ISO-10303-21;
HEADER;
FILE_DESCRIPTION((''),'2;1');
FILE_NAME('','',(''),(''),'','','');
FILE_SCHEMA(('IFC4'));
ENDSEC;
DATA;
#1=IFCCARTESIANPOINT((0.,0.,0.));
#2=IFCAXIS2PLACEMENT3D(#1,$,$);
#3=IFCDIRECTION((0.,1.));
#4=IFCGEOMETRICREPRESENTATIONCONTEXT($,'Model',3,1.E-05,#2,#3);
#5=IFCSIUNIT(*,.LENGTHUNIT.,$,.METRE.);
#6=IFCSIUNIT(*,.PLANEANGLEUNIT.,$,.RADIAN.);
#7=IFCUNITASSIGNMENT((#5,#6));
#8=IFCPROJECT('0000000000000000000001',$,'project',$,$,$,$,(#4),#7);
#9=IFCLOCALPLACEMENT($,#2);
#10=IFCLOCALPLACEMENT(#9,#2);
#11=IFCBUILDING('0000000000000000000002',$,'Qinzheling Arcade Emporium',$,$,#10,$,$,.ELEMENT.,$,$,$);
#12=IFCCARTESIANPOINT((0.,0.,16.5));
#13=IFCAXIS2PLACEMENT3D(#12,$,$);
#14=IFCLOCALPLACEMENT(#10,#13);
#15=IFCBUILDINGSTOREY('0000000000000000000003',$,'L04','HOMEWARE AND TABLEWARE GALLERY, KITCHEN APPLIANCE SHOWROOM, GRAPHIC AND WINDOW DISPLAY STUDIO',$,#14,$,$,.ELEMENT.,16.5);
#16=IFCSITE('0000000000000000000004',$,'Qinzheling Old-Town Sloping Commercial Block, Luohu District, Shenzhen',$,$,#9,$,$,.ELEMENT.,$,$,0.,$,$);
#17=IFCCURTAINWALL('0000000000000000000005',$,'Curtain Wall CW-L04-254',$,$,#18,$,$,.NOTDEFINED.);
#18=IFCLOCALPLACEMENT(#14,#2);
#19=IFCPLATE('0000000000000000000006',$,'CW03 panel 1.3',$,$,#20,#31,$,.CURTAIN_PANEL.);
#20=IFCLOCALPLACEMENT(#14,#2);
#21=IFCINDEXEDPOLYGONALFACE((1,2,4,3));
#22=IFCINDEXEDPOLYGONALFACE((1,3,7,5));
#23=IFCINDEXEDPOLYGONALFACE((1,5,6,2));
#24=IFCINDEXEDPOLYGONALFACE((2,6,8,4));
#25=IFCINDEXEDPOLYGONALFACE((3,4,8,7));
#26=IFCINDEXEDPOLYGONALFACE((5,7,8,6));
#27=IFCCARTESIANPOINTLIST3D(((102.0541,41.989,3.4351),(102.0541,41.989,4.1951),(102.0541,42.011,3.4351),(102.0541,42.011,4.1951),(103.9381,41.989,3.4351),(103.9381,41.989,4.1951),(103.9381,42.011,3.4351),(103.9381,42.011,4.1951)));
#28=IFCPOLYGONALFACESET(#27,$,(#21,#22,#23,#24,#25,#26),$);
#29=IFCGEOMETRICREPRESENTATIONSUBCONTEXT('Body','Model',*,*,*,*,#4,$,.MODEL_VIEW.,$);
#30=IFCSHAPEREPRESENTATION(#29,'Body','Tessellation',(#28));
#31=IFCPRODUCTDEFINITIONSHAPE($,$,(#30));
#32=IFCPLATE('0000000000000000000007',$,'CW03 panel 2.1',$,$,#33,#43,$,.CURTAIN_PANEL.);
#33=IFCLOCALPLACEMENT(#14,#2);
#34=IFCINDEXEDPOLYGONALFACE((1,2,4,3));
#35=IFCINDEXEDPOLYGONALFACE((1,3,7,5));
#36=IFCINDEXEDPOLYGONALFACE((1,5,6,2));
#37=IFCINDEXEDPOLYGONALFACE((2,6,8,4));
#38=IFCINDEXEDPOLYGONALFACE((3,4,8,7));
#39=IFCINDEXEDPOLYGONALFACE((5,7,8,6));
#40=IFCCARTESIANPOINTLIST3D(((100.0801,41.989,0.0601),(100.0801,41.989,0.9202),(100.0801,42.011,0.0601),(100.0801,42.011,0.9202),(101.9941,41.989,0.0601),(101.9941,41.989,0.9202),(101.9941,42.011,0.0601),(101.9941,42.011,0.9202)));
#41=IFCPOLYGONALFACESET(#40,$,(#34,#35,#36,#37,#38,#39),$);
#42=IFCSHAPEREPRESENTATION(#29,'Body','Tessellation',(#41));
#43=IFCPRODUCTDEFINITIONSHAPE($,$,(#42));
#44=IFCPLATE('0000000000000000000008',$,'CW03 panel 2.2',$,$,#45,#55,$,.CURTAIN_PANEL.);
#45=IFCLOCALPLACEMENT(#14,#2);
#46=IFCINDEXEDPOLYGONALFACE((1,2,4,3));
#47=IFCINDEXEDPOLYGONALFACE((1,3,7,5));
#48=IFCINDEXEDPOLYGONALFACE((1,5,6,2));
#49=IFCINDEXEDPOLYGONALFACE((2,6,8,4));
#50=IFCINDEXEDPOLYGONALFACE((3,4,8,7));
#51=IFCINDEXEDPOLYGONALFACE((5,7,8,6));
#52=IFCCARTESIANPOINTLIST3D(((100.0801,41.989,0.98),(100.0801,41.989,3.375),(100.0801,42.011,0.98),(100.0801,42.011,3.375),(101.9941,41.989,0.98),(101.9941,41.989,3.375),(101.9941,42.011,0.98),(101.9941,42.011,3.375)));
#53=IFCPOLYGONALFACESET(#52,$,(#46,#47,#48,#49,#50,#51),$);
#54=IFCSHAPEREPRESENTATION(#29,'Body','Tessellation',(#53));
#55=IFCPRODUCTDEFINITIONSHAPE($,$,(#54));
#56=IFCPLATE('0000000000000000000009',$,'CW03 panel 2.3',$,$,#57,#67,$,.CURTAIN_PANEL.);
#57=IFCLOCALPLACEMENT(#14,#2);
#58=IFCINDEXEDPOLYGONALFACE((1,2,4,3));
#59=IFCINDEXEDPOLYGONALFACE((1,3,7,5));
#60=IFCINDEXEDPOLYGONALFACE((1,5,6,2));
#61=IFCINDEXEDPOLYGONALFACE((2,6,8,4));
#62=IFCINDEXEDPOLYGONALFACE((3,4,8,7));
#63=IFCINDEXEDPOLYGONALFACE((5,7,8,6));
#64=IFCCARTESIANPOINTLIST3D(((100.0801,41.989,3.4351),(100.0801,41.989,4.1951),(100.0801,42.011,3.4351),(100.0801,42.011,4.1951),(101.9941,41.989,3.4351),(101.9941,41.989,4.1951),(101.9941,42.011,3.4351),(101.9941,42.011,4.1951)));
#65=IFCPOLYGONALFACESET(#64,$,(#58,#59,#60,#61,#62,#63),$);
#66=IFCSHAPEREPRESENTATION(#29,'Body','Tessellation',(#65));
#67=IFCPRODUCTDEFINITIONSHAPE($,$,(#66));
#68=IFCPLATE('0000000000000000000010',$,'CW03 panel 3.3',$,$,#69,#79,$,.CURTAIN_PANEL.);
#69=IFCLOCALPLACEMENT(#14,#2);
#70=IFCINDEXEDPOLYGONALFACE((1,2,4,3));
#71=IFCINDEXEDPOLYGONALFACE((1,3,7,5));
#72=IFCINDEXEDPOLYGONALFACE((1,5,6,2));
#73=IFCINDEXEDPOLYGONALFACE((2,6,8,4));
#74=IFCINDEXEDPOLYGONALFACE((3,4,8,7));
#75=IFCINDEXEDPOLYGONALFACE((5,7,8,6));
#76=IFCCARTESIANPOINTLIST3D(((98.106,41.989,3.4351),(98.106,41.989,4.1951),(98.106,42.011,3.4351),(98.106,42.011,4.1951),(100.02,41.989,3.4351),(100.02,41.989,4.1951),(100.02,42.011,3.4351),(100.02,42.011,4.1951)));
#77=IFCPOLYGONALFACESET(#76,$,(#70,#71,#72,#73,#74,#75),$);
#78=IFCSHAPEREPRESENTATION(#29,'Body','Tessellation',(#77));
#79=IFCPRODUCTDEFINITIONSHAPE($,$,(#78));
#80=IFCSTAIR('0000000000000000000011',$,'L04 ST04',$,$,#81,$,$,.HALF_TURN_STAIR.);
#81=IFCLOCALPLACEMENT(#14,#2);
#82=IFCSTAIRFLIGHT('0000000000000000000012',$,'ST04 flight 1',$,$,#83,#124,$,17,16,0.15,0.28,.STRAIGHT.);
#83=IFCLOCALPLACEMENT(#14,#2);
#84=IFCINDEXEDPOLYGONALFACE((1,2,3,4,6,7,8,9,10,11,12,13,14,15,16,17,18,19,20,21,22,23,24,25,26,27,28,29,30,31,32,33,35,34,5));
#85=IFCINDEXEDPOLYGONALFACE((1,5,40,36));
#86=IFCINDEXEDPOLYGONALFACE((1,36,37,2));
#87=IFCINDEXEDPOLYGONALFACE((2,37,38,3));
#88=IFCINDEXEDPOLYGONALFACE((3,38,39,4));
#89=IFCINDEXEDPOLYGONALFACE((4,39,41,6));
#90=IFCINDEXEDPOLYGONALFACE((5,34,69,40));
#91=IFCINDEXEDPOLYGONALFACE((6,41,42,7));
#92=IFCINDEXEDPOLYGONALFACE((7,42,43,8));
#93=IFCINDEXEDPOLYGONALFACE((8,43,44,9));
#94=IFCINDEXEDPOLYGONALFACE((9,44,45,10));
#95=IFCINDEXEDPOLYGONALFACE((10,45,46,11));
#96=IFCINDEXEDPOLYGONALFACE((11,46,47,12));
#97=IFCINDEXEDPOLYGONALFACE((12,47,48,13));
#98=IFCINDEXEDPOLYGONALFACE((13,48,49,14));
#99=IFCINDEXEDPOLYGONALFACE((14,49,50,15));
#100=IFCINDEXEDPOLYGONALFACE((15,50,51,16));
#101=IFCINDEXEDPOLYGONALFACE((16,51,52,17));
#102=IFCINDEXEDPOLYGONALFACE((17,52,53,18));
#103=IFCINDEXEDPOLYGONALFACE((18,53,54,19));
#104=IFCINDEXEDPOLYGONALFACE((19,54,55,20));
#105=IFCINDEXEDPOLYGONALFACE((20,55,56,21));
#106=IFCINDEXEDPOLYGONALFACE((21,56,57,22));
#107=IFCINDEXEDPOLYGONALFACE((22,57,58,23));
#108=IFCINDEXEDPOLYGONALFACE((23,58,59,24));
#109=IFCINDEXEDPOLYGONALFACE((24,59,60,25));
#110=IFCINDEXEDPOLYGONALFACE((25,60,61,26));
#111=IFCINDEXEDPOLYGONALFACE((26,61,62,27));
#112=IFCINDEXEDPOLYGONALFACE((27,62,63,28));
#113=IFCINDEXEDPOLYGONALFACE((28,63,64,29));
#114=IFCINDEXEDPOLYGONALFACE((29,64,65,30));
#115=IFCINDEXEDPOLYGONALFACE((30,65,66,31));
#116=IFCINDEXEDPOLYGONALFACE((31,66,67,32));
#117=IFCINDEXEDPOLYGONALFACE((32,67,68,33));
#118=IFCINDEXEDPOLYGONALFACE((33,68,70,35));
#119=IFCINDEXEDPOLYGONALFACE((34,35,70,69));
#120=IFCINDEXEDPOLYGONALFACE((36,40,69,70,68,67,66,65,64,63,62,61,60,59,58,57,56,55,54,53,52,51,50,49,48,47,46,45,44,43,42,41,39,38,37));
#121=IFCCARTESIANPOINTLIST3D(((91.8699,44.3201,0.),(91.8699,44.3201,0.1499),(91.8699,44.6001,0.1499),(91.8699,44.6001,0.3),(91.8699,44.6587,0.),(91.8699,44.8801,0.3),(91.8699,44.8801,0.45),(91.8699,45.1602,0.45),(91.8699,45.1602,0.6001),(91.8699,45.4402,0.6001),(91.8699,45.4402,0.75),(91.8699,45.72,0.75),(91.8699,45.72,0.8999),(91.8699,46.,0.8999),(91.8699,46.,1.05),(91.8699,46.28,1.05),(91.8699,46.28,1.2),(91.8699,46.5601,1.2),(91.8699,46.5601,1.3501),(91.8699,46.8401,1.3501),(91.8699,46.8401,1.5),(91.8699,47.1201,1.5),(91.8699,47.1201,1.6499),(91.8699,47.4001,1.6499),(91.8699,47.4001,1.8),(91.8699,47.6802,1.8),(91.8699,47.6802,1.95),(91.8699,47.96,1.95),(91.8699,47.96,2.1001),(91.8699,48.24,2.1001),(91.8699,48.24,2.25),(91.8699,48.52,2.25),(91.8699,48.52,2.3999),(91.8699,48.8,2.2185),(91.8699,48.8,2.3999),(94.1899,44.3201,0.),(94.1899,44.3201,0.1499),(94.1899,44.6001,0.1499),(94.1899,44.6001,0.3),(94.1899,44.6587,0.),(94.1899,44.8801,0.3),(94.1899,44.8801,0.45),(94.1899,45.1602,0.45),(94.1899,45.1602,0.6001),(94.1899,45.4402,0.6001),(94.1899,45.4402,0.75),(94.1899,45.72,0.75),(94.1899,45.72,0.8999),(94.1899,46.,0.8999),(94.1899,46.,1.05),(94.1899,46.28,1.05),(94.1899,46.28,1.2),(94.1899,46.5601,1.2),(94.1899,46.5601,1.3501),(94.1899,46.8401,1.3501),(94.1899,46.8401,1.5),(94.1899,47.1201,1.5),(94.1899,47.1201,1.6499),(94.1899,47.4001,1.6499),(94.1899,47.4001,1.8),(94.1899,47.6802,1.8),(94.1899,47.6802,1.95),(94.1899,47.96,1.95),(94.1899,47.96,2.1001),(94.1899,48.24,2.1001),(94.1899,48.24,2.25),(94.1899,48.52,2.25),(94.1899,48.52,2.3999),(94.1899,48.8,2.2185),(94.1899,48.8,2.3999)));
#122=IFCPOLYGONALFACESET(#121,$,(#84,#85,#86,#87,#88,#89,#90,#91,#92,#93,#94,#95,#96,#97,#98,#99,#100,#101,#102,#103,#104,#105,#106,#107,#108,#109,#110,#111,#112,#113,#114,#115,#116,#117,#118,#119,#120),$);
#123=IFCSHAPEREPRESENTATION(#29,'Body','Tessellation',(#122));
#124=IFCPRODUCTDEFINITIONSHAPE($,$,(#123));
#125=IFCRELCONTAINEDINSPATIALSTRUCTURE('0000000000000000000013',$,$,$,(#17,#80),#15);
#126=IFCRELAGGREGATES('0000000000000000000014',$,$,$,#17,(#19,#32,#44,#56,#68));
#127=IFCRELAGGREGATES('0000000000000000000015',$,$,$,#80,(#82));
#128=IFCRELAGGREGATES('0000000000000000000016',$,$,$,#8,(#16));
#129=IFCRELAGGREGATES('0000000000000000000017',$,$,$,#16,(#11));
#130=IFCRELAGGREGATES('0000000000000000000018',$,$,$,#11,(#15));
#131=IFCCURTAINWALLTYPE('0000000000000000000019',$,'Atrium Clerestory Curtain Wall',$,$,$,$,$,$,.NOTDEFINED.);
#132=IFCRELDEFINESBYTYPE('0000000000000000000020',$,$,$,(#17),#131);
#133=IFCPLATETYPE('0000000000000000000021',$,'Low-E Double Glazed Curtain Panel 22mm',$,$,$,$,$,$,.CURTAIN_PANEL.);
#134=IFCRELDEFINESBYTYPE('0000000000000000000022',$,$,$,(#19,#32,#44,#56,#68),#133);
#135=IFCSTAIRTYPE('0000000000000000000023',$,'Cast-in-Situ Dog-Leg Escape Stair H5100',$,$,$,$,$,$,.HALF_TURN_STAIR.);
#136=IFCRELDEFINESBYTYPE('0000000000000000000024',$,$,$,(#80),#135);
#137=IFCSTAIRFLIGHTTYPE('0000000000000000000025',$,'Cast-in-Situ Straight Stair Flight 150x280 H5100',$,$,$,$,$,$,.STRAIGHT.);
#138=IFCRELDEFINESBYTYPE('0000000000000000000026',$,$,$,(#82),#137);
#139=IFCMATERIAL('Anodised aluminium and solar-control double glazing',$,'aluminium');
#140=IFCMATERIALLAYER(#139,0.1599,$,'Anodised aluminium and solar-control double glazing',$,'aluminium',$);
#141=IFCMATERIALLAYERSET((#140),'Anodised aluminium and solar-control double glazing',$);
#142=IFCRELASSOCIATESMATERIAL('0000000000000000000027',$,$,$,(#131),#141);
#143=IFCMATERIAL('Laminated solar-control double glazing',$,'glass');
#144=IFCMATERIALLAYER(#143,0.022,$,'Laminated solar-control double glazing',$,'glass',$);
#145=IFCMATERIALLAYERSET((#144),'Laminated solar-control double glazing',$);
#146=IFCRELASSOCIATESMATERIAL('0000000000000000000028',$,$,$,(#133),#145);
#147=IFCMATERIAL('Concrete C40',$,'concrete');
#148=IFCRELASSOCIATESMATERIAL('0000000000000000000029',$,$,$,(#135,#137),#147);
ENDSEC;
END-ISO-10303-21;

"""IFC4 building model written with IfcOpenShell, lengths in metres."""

from ifc_helpers import new_model, si_unit, direction, frame, origin, origin_2d, place, context, subcontext, project, spatial, polyline, rectangle, outline, extrude, material, layer, layer_set, type_object, element, aggregate, save


model = new_model("IFC4")

# Units and contexts
model_context = context("Model", 3, precision=1e-05, world=origin(), true_north=direction((0.0, 1.0)))
body_context = subcontext(model_context, "Body", "Model", "MODEL_VIEW")
ifc_project = project(units=[si_unit("LENGTHUNIT", "METRE"), si_unit("PLANEANGLEUNIT", "RADIAN")], contexts=[model_context])

# Site, building, storey
site_placement = place(None, origin())
site = spatial("IfcSite", under=ifc_project, at=site_placement, Name="Qinzheling Old-Town Sloping Commercial Block, Luohu District, Shenzhen", CompositionType="ELEMENT", RefElevation=0.0)
building_placement = place(site_placement, origin())
building = spatial("IfcBuilding", under=site, at=building_placement, Name="Qinzheling Arcade Emporium", CompositionType="ELEMENT")
storey_placement = place(building_placement, frame((0.0, 0.0, 16.5)))
storey = spatial("IfcBuildingStorey", under=building, at=storey_placement, Name="L04", Description="HOMEWARE AND TABLEWARE GALLERY, KITCHEN APPLIANCE SHOWROOM, GRAPHIC AND WINDOW DISPLAY STUDIO", CompositionType="ELEMENT", Elevation=16.5)

# Shared definitions
ifc_material_1 = material(Name="Concrete C40", Category="concrete")

# Curtain wall
ifc_material_2 = material(Name="Anodised aluminium and solar-control double glazing", Category="aluminium")
ifc_layer_1 = layer(ifc_material_2, 0.1599, Name="Anodised aluminium and solar-control double glazing", Category="aluminium")
ifc_layer_set_1 = layer_set([ifc_layer_1], Name="Anodised aluminium and solar-control double glazing")
curtain_wall_type = type_object("IfcCurtainWallType", Name="Atrium Clerestory Curtain Wall", PredefinedType="NOTDEFINED", material=ifc_layer_set_1)
curtain_wall_1_placement = place(storey_placement, origin())
curtain_wall_1 = element("IfcCurtainWall", 1, at=curtain_wall_1_placement, inside=storey, type_object=curtain_wall_type, Name="Curtain Wall CW-L04-254", PredefinedType="NOTDEFINED")

# Plates
ifc_material_3 = material(Name="Laminated solar-control double glazing", Category="glass")
ifc_layer_2 = layer(ifc_material_3, 0.022, Name="Laminated solar-control double glazing", Category="glass")
ifc_layer_set_2 = layer_set([ifc_layer_2], Name="Laminated solar-control double glazing")
plate_type_1 = type_object("IfcPlateType", Name="Low-E Double Glazed Curtain Panel 22mm", PredefinedType="CURTAIN_PANEL", material=ifc_layer_set_2)
plate_1_placement = place(storey_placement, frame((102.9961, 42.0, 3.4351), z_axis=(0.0, 0.0, 1.0), x_axis=(-1.0, 0.0, 0.0)))
plate_1 = element("IfcPlate", 2, at=plate_1_placement, type_object=plate_type_1, Name="CW03 panel 1.3", PredefinedType="CURTAIN_PANEL", context=body_context, shape_type="SweptSolid", body=[
    extrude(rectangle(XDim=1.884, YDim=0.022, at=origin_2d()), origin(), (0.0, 0.0, 1.0), 0.76),
])
plate_2_placement = place(storey_placement, frame((101.0371, 42.0, 0.0601), z_axis=(0.0, 0.0, 1.0), x_axis=(-1.0, 0.0, 0.0)))
plate_2 = element("IfcPlate", 3, at=plate_2_placement, type_object=plate_type_1, Name="CW03 panel 2.1", PredefinedType="CURTAIN_PANEL", context=body_context, shape_type="SweptSolid", body=[
    extrude(rectangle(XDim=1.9141, YDim=0.022, at=origin_2d()), origin(), (0.0, 0.0, 1.0), 0.8601),
])
plate_3_placement = place(storey_placement, frame((101.0371, 42.0, 0.98), z_axis=(0.0, 0.0, 1.0), x_axis=(-1.0, 0.0, 0.0)))
plate_3 = element("IfcPlate", 4, at=plate_3_placement, type_object=plate_type_1, Name="CW03 panel 2.2", PredefinedType="CURTAIN_PANEL", context=body_context, shape_type="SweptSolid", body=[
    extrude(rectangle(XDim=1.9141, YDim=0.022, at=origin_2d()), origin(), (0.0, 0.0, 1.0), 2.395),
])
plate_4_placement = place(storey_placement, frame((101.0371, 42.0, 3.4351), z_axis=(0.0, 0.0, 1.0), x_axis=(-1.0, 0.0, 0.0)))
plate_4 = element("IfcPlate", 5, at=plate_4_placement, type_object=plate_type_1, Name="CW03 panel 2.3", PredefinedType="CURTAIN_PANEL", context=body_context, shape_type="SweptSolid", body=[
    extrude(rectangle(XDim=1.9141, YDim=0.022, at=origin_2d()), origin(), (0.0, 0.0, 1.0), 0.76),
])
plate_5_placement = place(storey_placement, frame((99.063, 42.0, 3.4351), z_axis=(0.0, 0.0, 1.0), x_axis=(-1.0, 0.0, 0.0)))
plate_5 = element("IfcPlate", 6, at=plate_5_placement, type_object=plate_type_1, Name="CW03 panel 3.3", PredefinedType="CURTAIN_PANEL", context=body_context, shape_type="SweptSolid", body=[
    extrude(rectangle(XDim=1.9141, YDim=0.022, at=origin_2d()), origin(), (0.0, 0.0, 1.0), 0.76),
])
aggregate(curtain_wall_1, [plate_1, plate_2, plate_3, plate_4, plate_5])

# Stair, stair flight
stair_type = type_object("IfcStairType", Name="Cast-in-Situ Dog-Leg Escape Stair H5100", PredefinedType="HALF_TURN_STAIR", material=ifc_material_1)
stair_placement = place(storey_placement, origin())
stair = element("IfcStair", 7, at=stair_placement, inside=storey, type_object=stair_type, Name="L04 ST04", PredefinedType="HALF_TURN_STAIR")
stair_flight_type = type_object("IfcStairFlightType", Name="Cast-in-Situ Straight Stair Flight 150x280 H5100", PredefinedType="STRAIGHT", material=ifc_material_1)
stair_flight_placement = place(storey_placement, frame((93.03, 44.3201, 0.0), z_axis=(0.0, 0.0, 1.0), x_axis=(0.0, 1.0, 0.0)))
stair_flight = element("IfcStairFlight", 8, at=stair_flight_placement, type_object=stair_flight_type, Name="ST04 flight 1", NumberOfRisers=17, NumberOfTreads=16, PredefinedType="STRAIGHT", RiserHeight=0.15, TreadLength=0.28, context=body_context, shape_type="SweptSolid", body=[
    extrude(outline(polyline([(0.0, 0.0), (0.0, 0.1499), (0.28, 0.1499), (0.28, 0.3), (0.5601, 0.3), (0.5601, 0.45), (0.8401, 0.45), (0.8401, 0.6001), (1.1201, 0.6001), (1.1201, 0.75), (1.3999, 0.75), (1.3999, 0.8999), (1.6799, 0.8999), (1.6799, 1.05), (1.96, 1.05), (1.96, 1.2), (2.24, 1.2), (2.24, 1.3501), (2.52, 1.3501), (2.52, 1.5), (2.8, 1.5), (2.8, 1.6499), (3.0801, 1.6499), (3.0801, 1.8), (3.3601, 1.8), (3.3601, 1.95), (3.6399, 1.95), (3.6399, 2.1001), (3.9199, 2.1001), (3.9199, 2.25), (4.2, 2.25), (4.2, 2.3999), (4.48, 2.3999), (4.48, 2.55), (4.48, 2.2185), (0.3386, 0.0), (0.0, 0.0)])), frame((0.0, 1.1602, 0.0), z_axis=(0.0, -1.0, 0.0), x_axis=(1.0, 0.0, 0.0)), (0.0, 0.0, 1.0), 2.3201),
])
aggregate(stair, [stair_flight])

save(model, "model.ifc")
